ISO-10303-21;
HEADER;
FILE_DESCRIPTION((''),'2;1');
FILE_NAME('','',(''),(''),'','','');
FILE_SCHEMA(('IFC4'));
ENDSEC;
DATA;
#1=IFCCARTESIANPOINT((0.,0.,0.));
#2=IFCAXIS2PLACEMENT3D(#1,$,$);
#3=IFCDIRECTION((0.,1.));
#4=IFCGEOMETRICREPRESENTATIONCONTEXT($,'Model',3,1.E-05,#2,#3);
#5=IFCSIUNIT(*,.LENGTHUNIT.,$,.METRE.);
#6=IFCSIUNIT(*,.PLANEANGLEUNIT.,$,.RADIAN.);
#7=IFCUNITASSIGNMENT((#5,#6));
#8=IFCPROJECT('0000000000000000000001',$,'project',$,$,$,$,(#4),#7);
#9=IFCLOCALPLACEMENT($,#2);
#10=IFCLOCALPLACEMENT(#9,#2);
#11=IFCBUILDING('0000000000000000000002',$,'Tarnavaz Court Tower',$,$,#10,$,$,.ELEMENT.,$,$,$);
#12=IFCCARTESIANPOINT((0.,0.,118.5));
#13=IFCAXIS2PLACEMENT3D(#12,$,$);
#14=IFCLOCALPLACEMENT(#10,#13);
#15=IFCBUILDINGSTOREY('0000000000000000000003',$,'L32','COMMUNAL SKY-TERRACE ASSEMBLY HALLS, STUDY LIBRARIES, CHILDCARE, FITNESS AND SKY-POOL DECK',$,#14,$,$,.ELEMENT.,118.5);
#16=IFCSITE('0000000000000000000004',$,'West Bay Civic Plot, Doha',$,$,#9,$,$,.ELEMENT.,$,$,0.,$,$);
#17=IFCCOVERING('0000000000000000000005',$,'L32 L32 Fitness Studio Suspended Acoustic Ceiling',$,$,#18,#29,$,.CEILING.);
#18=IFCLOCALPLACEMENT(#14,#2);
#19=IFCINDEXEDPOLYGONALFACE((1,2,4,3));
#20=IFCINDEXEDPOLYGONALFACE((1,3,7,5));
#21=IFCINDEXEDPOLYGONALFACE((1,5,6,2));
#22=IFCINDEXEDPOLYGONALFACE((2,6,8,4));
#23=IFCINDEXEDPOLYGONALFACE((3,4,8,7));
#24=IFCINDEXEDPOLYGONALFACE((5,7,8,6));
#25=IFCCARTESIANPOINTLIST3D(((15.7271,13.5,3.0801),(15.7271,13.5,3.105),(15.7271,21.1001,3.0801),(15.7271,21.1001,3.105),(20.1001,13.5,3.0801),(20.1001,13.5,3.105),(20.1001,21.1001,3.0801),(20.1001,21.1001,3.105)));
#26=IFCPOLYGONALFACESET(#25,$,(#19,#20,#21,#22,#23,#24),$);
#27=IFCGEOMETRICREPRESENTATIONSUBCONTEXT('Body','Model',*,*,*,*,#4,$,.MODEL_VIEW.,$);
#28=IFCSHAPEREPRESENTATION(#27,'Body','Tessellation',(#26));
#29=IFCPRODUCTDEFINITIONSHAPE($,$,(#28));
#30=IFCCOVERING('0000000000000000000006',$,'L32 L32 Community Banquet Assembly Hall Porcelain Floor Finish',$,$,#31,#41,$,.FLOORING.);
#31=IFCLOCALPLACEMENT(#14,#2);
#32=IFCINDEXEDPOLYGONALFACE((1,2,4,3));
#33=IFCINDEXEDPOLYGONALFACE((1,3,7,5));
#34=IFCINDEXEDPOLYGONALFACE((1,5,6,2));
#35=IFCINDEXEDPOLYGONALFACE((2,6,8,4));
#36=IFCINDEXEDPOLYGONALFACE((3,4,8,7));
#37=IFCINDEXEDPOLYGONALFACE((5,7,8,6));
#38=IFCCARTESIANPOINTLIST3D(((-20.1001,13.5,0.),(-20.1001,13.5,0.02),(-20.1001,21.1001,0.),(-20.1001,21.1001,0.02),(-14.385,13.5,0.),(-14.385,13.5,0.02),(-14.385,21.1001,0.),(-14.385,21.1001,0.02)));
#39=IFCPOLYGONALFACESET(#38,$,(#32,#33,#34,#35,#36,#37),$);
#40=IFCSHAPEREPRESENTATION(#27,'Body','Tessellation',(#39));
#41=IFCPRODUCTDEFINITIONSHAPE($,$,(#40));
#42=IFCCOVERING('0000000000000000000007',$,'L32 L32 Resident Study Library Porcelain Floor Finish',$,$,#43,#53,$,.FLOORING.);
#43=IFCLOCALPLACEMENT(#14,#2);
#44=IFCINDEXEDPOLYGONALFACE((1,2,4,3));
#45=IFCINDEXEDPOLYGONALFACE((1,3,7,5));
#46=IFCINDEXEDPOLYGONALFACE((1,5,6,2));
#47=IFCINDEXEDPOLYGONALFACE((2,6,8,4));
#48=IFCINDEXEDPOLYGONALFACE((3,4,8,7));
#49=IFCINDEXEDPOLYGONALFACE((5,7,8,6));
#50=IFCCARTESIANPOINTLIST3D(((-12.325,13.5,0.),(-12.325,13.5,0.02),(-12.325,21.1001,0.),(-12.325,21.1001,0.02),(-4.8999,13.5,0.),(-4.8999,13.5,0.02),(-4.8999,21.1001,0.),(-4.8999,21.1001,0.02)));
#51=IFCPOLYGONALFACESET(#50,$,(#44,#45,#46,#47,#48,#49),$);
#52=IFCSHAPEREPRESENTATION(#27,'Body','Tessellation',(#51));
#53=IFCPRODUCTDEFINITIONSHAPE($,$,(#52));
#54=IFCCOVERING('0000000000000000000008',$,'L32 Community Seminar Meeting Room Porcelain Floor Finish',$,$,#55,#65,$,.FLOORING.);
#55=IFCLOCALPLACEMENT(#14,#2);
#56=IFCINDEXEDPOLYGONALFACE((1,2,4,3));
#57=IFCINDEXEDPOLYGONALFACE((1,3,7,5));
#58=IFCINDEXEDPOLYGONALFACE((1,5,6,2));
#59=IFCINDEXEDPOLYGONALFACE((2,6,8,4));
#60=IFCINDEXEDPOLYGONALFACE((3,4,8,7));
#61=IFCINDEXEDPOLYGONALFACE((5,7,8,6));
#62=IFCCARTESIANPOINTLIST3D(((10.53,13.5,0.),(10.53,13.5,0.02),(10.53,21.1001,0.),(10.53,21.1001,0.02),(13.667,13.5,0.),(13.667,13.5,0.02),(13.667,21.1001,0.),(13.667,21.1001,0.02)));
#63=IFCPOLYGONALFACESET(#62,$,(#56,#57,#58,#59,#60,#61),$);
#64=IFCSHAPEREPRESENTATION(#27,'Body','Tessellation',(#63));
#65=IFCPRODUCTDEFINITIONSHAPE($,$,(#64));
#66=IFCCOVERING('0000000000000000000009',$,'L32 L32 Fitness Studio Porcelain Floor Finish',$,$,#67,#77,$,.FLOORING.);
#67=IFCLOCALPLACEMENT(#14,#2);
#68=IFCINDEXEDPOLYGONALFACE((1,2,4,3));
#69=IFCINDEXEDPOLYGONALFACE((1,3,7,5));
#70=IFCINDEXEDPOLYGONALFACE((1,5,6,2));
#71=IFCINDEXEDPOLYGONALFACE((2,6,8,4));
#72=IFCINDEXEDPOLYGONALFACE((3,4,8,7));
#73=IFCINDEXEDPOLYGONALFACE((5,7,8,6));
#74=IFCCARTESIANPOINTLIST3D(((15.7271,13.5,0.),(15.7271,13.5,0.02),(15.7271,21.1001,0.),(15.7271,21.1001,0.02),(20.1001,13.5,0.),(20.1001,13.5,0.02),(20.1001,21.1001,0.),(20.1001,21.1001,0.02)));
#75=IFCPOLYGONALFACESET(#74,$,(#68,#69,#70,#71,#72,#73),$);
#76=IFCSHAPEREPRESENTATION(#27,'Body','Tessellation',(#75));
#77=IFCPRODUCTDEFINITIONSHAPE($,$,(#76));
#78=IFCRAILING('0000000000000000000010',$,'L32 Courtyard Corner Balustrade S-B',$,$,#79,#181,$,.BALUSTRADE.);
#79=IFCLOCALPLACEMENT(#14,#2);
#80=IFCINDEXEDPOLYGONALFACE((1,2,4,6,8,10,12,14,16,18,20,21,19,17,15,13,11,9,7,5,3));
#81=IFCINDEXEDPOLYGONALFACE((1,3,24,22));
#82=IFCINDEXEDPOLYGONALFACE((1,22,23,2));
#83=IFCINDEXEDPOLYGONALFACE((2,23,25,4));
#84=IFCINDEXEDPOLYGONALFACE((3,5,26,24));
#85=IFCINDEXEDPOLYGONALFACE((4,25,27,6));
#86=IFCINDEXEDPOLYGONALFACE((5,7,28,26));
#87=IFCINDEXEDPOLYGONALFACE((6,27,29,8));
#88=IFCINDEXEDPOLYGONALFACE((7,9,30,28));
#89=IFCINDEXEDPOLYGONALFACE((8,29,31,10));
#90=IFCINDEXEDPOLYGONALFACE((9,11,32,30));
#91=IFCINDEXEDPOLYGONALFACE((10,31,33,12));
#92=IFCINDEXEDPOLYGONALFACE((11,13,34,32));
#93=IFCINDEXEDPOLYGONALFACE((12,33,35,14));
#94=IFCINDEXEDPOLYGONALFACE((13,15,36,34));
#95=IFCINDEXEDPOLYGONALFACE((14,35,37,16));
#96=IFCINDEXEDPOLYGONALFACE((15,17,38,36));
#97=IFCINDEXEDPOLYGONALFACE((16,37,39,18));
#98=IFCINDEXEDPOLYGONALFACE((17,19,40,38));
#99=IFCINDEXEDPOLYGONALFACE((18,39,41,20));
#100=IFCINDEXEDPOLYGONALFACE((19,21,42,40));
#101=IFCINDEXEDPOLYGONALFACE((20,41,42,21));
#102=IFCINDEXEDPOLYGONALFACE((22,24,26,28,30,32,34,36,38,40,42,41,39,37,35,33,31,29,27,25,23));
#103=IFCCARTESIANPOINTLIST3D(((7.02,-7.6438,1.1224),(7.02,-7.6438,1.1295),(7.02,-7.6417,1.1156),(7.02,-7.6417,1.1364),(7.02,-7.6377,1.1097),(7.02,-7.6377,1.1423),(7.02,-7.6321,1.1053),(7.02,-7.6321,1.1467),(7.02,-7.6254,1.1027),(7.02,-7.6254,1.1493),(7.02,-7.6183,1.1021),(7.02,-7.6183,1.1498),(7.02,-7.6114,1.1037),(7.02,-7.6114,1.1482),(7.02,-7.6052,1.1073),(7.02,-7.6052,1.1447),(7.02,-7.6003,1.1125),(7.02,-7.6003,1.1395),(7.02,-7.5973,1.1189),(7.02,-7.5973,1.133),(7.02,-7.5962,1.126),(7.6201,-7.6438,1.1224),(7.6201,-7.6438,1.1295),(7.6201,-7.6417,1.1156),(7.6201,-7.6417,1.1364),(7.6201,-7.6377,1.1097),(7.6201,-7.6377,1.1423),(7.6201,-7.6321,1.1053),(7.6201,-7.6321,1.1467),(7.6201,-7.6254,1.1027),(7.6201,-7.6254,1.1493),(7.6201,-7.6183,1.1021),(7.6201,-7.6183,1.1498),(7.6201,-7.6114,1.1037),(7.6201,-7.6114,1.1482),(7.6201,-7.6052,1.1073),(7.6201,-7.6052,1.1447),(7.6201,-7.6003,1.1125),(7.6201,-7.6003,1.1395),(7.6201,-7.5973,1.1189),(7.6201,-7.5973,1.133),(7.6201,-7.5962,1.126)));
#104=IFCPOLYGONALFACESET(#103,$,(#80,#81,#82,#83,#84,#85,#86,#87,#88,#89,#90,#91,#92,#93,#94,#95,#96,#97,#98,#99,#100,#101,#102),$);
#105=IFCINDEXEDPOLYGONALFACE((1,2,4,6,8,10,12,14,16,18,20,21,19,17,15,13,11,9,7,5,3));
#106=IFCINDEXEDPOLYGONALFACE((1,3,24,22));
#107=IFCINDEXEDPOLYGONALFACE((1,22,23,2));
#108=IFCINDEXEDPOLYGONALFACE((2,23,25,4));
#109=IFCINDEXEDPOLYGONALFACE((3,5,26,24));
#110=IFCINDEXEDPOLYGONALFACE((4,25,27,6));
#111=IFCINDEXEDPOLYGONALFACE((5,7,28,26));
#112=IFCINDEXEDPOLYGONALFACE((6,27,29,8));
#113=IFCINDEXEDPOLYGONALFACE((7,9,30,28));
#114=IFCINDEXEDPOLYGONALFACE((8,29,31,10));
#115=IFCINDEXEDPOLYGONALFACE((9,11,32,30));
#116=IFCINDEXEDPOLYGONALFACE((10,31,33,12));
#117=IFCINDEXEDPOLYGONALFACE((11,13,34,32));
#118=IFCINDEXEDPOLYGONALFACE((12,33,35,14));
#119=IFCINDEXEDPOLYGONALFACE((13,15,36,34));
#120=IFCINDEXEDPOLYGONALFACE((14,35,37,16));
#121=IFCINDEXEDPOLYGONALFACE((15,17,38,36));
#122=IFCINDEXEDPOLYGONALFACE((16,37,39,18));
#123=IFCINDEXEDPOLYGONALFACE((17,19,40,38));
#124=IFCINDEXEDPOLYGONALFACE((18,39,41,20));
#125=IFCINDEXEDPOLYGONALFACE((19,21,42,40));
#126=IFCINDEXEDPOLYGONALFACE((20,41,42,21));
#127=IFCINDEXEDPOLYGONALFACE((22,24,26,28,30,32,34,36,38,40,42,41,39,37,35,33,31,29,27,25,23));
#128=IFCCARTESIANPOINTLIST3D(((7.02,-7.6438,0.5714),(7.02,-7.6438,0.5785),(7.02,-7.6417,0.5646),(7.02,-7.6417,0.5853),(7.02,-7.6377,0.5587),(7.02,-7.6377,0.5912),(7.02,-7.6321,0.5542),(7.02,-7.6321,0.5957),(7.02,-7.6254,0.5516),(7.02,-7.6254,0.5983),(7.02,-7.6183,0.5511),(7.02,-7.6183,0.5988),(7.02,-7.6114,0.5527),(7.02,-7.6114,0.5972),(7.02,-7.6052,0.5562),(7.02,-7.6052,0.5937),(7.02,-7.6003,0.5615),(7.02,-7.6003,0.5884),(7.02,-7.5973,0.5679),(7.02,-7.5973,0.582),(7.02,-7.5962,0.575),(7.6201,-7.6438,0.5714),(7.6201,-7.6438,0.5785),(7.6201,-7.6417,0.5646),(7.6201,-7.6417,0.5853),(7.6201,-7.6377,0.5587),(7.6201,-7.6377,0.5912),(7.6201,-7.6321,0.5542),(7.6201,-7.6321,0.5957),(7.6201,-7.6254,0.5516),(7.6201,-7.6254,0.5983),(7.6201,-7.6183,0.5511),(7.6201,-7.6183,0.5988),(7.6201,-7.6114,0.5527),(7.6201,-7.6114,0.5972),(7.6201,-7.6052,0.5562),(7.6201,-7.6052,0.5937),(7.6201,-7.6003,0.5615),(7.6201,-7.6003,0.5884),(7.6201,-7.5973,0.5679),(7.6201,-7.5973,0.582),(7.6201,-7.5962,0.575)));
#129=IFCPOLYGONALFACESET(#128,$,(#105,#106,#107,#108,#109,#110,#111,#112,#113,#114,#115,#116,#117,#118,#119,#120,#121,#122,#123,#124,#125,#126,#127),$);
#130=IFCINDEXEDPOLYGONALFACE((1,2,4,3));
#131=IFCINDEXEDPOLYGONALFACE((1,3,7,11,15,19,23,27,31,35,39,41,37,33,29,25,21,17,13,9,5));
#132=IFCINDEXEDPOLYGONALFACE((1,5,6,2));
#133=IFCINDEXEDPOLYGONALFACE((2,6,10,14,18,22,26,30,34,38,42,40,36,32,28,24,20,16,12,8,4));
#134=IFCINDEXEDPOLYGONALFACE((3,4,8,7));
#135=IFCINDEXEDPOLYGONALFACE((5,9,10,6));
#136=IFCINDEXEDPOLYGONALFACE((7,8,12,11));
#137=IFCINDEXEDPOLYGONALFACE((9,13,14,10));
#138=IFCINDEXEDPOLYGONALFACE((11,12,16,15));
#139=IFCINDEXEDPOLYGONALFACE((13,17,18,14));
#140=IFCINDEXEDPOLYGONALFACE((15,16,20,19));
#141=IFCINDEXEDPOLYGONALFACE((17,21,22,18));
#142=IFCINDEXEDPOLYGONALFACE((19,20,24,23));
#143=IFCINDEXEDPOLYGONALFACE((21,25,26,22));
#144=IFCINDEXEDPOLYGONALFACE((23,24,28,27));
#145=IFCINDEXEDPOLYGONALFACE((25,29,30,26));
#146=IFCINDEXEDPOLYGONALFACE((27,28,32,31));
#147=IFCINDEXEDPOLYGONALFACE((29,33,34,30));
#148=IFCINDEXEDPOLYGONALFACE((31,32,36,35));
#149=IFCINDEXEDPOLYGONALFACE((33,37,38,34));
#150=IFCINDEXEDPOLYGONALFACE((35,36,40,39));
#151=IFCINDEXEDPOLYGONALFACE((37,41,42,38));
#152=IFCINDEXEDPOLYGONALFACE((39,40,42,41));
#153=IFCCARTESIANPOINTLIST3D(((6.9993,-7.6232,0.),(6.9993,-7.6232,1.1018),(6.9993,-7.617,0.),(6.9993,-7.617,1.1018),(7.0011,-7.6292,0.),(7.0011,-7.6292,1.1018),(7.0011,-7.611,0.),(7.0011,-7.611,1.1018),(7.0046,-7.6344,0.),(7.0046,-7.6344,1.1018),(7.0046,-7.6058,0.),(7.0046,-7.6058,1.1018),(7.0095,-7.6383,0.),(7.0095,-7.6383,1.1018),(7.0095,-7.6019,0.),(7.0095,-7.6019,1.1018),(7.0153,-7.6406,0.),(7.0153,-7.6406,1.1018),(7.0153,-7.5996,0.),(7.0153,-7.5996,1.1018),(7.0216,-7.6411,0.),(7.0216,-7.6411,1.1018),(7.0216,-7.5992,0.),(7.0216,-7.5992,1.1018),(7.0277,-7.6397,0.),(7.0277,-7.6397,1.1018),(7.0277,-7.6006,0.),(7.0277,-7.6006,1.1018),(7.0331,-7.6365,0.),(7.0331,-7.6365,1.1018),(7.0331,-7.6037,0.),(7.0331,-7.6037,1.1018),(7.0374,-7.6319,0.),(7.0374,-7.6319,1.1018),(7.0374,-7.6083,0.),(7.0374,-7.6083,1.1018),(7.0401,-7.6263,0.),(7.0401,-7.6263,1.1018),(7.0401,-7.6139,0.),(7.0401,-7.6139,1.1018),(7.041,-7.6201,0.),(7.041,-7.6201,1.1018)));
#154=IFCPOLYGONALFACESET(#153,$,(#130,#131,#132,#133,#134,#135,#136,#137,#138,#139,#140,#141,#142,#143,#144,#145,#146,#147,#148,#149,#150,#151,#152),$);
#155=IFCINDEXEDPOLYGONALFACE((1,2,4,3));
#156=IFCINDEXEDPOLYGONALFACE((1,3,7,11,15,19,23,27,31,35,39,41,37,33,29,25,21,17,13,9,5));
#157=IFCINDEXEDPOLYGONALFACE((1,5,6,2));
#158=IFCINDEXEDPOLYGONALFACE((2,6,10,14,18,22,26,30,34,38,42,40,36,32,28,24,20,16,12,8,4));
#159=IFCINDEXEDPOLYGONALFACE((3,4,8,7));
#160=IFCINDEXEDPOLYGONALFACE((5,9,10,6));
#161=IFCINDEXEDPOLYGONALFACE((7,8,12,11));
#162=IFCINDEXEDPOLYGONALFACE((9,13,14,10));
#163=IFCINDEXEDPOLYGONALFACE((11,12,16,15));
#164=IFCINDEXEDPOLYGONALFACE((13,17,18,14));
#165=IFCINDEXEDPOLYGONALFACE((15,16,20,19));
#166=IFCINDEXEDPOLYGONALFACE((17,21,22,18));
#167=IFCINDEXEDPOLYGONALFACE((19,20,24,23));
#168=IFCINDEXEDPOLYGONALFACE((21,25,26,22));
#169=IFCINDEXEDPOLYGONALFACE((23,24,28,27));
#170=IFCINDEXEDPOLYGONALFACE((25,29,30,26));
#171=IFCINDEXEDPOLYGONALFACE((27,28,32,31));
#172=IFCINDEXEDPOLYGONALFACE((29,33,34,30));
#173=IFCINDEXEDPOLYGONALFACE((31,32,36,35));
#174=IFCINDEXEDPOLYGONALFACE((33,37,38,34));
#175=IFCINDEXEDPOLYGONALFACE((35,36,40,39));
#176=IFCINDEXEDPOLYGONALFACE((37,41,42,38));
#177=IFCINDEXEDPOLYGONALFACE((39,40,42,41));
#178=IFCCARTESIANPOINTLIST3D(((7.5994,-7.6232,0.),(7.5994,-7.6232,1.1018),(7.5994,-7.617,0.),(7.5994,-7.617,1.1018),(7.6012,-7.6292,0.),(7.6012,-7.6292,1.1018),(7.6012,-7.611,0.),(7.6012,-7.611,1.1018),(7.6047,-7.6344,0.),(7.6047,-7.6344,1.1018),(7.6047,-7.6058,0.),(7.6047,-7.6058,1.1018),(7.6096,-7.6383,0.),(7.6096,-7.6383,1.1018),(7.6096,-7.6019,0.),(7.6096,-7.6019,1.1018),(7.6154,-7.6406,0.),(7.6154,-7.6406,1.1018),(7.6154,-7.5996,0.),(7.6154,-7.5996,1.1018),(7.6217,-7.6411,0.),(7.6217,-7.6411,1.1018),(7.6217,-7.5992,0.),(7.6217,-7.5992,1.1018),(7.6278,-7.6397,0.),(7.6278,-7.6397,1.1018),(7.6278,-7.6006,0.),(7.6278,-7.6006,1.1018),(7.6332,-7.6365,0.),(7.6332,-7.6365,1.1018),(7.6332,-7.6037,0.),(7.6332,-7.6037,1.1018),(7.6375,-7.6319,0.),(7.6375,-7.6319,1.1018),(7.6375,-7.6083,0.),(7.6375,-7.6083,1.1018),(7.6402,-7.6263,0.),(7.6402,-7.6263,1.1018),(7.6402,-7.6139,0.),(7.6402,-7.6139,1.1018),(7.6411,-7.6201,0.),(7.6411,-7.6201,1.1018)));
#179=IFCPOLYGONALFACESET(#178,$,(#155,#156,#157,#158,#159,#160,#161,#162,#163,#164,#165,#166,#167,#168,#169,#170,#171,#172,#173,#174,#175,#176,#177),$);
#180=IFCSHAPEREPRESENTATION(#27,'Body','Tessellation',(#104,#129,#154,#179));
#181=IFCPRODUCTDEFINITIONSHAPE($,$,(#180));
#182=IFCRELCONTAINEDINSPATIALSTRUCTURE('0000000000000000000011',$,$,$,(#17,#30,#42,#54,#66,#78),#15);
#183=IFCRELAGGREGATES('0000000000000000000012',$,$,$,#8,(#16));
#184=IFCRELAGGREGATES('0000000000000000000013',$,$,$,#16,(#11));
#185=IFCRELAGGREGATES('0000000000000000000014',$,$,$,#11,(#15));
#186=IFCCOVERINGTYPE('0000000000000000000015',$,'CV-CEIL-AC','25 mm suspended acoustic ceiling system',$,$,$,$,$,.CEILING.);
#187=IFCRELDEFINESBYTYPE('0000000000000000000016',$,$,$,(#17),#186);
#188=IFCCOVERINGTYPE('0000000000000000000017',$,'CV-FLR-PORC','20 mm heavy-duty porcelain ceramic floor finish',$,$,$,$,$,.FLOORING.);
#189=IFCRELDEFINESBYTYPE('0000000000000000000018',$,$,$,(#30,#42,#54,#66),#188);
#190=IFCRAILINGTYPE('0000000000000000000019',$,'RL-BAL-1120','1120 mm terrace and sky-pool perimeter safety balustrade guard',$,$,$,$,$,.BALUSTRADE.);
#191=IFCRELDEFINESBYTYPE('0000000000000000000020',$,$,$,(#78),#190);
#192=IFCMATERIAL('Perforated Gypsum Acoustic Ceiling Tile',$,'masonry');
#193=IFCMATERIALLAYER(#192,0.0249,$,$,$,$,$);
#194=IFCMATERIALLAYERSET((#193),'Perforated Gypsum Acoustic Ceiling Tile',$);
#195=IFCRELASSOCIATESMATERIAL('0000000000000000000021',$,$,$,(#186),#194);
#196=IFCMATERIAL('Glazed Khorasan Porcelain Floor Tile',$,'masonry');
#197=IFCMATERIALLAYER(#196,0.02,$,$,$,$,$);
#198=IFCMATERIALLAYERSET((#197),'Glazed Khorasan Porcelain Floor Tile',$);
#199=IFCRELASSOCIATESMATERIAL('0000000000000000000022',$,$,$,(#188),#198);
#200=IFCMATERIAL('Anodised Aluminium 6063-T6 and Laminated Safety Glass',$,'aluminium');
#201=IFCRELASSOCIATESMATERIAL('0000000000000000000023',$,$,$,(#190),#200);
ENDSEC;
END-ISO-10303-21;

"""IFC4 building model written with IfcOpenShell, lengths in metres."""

from ifc_helpers import new_model, si_unit, direction, frame, origin, origin_2d, place, context, subcontext, project, spatial, polyline, circle, outline, extrude, material, layer, layer_set, type_object, element, save


model = new_model("IFC4")

# Units and contexts
model_context = context("Model", 3, precision=1e-05, world=origin(), true_north=direction((0.0, 1.0)))
body_context = subcontext(model_context, "Body", "Model", "MODEL_VIEW")
ifc_project = project(units=[si_unit("LENGTHUNIT", "METRE"), si_unit("PLANEANGLEUNIT", "RADIAN")], contexts=[model_context])

# Site, building, storey
site_placement = place(None, origin())
site = spatial("IfcSite", under=ifc_project, at=site_placement, Name="West Bay Civic Plot, Doha", CompositionType="ELEMENT", RefElevation=0.0)
building_placement = place(site_placement, origin())
building = spatial("IfcBuilding", under=site, at=building_placement, Name="Tarnavaz Court Tower", CompositionType="ELEMENT")
storey_placement = place(building_placement, frame((0.0, 0.0, 118.5)))
storey = spatial("IfcBuildingStorey", under=building, at=storey_placement, Name="L32", Description="COMMUNAL SKY-TERRACE ASSEMBLY HALLS, STUDY LIBRARIES, CHILDCARE, FITNESS AND SKY-POOL DECK", CompositionType="ELEMENT", Elevation=118.5)

# Coverings
ifc_material_1 = material(Name="Perforated Gypsum Acoustic Ceiling Tile", Category="masonry")
ifc_layer_1 = layer(ifc_material_1, 0.0249)
ifc_layer_set_1 = layer_set([ifc_layer_1], Name="Perforated Gypsum Acoustic Ceiling Tile")
covering_type_1 = type_object("IfcCoveringType", Name="CV-CEIL-AC", Description="25 mm suspended acoustic ceiling system", PredefinedType="CEILING", material=ifc_layer_set_1)
covering_1_placement = place(storey_placement, frame((0.0, 0.0, 3.0801)))
element("IfcCovering", 1, at=covering_1_placement, inside=storey, type_object=covering_type_1, Name="L32 L32 Fitness Studio Suspended Acoustic Ceiling", PredefinedType="CEILING", context=body_context, shape_type="SweptSolid", body=[
    extrude(outline(polyline([(15.7271, 13.5), (20.1001, 13.5), (20.1001, 21.1001), (15.7271, 21.1001), (15.7271, 13.5)])), origin(), (0.0, 0.0, 1.0), 0.0249),
])
ifc_material_2 = material(Name="Glazed Khorasan Porcelain Floor Tile", Category="masonry")
ifc_layer_2 = layer(ifc_material_2, 0.02)
ifc_layer_set_2 = layer_set([ifc_layer_2], Name="Glazed Khorasan Porcelain Floor Tile")
covering_type_2 = type_object("IfcCoveringType", Name="CV-FLR-PORC", Description="20 mm heavy-duty porcelain ceramic floor finish", PredefinedType="FLOORING", material=ifc_layer_set_2)
covering_2_placement = place(storey_placement, origin())
element("IfcCovering", 2, at=covering_2_placement, inside=storey, type_object=covering_type_2, Name="L32 L32 Community Banquet Assembly Hall Porcelain Floor Finish", PredefinedType="FLOORING", context=body_context, shape_type="SweptSolid", body=[
    extrude(outline(polyline([(-20.1001, 13.5), (-14.385, 13.5), (-14.385, 21.1001), (-20.1001, 21.1001), (-20.1001, 13.5)])), origin(), (0.0, 0.0, 1.0), 0.02),
])
covering_3_placement = place(storey_placement, origin())
element("IfcCovering", 3, at=covering_3_placement, inside=storey, type_object=covering_type_2, Name="L32 L32 Resident Study Library Porcelain Floor Finish", PredefinedType="FLOORING", context=body_context, shape_type="SweptSolid", body=[
    extrude(outline(polyline([(-12.325, 13.5), (-4.8999, 13.5), (-4.8999, 21.1001), (-12.325, 21.1001), (-12.325, 13.5)])), origin(), (0.0, 0.0, 1.0), 0.02),
])
covering_4_placement = place(storey_placement, origin())
element("IfcCovering", 4, at=covering_4_placement, inside=storey, type_object=covering_type_2, Name="L32 Community Seminar Meeting Room Porcelain Floor Finish", PredefinedType="FLOORING", context=body_context, shape_type="SweptSolid", body=[
    extrude(outline(polyline([(10.53, 13.5), (13.667, 13.5), (13.667, 21.1001), (10.53, 21.1001), (10.53, 13.5)])), origin(), (0.0, 0.0, 1.0), 0.02),
])
covering_5_placement = place(storey_placement, origin())
element("IfcCovering", 5, at=covering_5_placement, inside=storey, type_object=covering_type_2, Name="L32 L32 Fitness Studio Porcelain Floor Finish", PredefinedType="FLOORING", context=body_context, shape_type="SweptSolid", body=[
    extrude(outline(polyline([(15.7271, 13.5), (20.1001, 13.5), (20.1001, 21.1001), (15.7271, 21.1001), (15.7271, 13.5)])), origin(), (0.0, 0.0, 1.0), 0.02),
])

# Railing
ifc_material_3 = material(Name="Anodised Aluminium 6063-T6 and Laminated Safety Glass", Category="aluminium")
railing_type = type_object("IfcRailingType", Name="RL-BAL-1120", Description="1120 mm terrace and sky-pool perimeter safety balustrade guard", PredefinedType="BALUSTRADE", material=ifc_material_3)
railing_placement = place(storey_placement, frame((7.02, -7.6201, 0.0)))
element("IfcRailing", 6, at=railing_placement, inside=storey, type_object=railing_type, Name="L32 Courtyard Corner Balustrade S-B", PredefinedType="BALUSTRADE", context=body_context, shape_type="SweptSolid", body=[
    extrude(circle(Radius=0.0239, at=origin_2d()), frame((0.0, 0.0, 1.126), z_axis=(1.0, 0.0, 0.0), x_axis=(0.0, 1.0, 0.0)), (0.0, 0.0, 1.0), 0.6001),
    extrude(circle(Radius=0.0239, at=origin_2d()), frame((0.0, 0.0, 0.575), z_axis=(1.0, 0.0, 0.0), x_axis=(0.0, 1.0, 0.0)), (0.0, 0.0, 1.0), 0.6001),
    extrude(circle(Radius=0.021, at=origin_2d()), origin(), (0.0, 0.0, 1.0), 1.1018),
    extrude(circle(Radius=0.021, at=origin_2d()), frame((0.6001, 0.0, 0.0)), (0.0, 0.0, 1.0), 1.1018),
])

save(model, "model.ifc")
